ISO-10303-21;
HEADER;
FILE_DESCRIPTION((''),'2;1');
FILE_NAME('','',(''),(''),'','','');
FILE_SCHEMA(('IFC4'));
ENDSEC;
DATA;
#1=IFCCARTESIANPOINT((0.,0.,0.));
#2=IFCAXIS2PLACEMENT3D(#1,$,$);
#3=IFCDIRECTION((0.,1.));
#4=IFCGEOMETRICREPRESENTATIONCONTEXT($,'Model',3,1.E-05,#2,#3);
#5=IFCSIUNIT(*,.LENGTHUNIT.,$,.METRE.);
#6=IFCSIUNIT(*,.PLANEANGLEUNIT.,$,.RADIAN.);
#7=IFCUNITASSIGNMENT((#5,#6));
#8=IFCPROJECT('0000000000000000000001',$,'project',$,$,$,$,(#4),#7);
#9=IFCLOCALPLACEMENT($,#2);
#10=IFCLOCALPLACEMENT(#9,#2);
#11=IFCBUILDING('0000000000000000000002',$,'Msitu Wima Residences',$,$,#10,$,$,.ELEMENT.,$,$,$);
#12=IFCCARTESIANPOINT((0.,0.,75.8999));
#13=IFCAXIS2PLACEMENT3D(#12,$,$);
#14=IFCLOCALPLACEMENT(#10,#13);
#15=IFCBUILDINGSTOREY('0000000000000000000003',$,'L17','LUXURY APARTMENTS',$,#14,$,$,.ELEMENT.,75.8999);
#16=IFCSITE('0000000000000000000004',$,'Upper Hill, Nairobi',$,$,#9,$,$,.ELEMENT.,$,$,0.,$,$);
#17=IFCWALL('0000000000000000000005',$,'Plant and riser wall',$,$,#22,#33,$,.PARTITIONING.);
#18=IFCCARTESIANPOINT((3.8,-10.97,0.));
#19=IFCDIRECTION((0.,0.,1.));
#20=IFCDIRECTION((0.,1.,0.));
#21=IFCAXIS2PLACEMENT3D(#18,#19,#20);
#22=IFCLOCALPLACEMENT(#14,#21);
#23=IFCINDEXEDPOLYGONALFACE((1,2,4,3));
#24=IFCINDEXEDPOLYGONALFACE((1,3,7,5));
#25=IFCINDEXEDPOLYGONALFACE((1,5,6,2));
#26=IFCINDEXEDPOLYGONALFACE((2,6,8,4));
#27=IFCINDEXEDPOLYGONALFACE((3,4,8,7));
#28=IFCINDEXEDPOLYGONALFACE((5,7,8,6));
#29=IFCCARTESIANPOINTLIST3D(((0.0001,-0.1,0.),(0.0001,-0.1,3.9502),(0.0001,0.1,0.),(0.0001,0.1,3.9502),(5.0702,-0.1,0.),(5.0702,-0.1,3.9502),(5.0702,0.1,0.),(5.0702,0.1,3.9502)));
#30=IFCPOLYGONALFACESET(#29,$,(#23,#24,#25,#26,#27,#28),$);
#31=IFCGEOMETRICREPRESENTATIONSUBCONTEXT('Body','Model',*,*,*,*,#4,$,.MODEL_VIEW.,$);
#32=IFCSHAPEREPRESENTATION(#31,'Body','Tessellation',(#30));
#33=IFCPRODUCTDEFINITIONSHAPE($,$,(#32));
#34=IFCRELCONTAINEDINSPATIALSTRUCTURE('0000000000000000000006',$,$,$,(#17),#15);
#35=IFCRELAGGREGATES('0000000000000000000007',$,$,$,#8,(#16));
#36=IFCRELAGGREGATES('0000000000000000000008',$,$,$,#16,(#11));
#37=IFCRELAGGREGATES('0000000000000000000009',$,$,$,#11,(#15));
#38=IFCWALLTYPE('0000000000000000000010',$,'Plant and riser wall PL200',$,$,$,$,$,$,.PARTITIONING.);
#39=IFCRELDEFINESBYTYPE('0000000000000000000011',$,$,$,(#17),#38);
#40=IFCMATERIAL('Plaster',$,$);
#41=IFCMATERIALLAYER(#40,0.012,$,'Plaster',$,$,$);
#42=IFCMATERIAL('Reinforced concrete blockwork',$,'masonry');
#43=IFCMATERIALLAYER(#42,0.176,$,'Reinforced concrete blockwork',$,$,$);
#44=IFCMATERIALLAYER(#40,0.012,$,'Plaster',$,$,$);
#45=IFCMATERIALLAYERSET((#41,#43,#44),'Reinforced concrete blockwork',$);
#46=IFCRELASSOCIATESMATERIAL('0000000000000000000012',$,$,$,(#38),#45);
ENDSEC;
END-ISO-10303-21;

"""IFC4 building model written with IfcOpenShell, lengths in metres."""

from ifc_helpers import new_model, si_unit, direction, frame, frame_2d, origin, place, context, subcontext, project, spatial, rectangle, extrude, material, layer, layer_set, type_object, element, save


model = new_model("IFC4")

# Units and contexts
model_context = context("Model", 3, precision=1e-05, world=origin(), true_north=direction((0.0, 1.0)))
body_context = subcontext(model_context, "Body", "Model", "MODEL_VIEW")
ifc_project = project(units=[si_unit("LENGTHUNIT", "METRE"), si_unit("PLANEANGLEUNIT", "RADIAN")], contexts=[model_context])

# Site, building, storey
site_placement = place(None, origin())
site = spatial("IfcSite", under=ifc_project, at=site_placement, Name="Upper Hill, Nairobi", CompositionType="ELEMENT", RefElevation=0.0)
building_placement = place(site_placement, origin())
building = spatial("IfcBuilding", under=site, at=building_placement, Name="Msitu Wima Residences", CompositionType="ELEMENT")
storey_placement = place(building_placement, frame((0.0, 0.0, 75.8999)))
storey = spatial("IfcBuildingStorey", under=building, at=storey_placement, Name="L17", Description="LUXURY APARTMENTS", CompositionType="ELEMENT", Elevation=75.8999)

# Shared definitions
ifc_material_1 = material(Name="Plaster")

# Wall
ifc_layer_1 = layer(ifc_material_1, 0.012, Name="Plaster")
ifc_material_2 = material(Name="Reinforced concrete blockwork", Category="masonry")
ifc_layer_2 = layer(ifc_material_2, 0.176, Name="Reinforced concrete blockwork")
ifc_layer_3 = layer(ifc_material_1, 0.012, Name="Plaster")
ifc_layer_set_1 = layer_set([ifc_layer_1, ifc_layer_2, ifc_layer_3], Name="Reinforced concrete blockwork")
wall_type_1 = type_object("IfcWallType", Name="Plant and riser wall PL200", PredefinedType="PARTITIONING", material=ifc_layer_set_1)
wall_1_placement = place(storey_placement, frame((3.8, -10.97, 0.0), z_axis=(0.0, 0.0, 1.0), x_axis=(0.0, 1.0, 0.0)))
element("IfcWall", 1, at=wall_1_placement, inside=storey, type_object=wall_type_1, Name="Plant and riser wall", PredefinedType="PARTITIONING", context=body_context, shape_type="SweptSolid", body=[
    extrude(rectangle(XDim=5.0701, YDim=0.2, at=frame_2d((2.5352, 0.0))), origin(), (0.0, 0.0, 1.0), 3.9502),
])

save(model, "model.ifc")
